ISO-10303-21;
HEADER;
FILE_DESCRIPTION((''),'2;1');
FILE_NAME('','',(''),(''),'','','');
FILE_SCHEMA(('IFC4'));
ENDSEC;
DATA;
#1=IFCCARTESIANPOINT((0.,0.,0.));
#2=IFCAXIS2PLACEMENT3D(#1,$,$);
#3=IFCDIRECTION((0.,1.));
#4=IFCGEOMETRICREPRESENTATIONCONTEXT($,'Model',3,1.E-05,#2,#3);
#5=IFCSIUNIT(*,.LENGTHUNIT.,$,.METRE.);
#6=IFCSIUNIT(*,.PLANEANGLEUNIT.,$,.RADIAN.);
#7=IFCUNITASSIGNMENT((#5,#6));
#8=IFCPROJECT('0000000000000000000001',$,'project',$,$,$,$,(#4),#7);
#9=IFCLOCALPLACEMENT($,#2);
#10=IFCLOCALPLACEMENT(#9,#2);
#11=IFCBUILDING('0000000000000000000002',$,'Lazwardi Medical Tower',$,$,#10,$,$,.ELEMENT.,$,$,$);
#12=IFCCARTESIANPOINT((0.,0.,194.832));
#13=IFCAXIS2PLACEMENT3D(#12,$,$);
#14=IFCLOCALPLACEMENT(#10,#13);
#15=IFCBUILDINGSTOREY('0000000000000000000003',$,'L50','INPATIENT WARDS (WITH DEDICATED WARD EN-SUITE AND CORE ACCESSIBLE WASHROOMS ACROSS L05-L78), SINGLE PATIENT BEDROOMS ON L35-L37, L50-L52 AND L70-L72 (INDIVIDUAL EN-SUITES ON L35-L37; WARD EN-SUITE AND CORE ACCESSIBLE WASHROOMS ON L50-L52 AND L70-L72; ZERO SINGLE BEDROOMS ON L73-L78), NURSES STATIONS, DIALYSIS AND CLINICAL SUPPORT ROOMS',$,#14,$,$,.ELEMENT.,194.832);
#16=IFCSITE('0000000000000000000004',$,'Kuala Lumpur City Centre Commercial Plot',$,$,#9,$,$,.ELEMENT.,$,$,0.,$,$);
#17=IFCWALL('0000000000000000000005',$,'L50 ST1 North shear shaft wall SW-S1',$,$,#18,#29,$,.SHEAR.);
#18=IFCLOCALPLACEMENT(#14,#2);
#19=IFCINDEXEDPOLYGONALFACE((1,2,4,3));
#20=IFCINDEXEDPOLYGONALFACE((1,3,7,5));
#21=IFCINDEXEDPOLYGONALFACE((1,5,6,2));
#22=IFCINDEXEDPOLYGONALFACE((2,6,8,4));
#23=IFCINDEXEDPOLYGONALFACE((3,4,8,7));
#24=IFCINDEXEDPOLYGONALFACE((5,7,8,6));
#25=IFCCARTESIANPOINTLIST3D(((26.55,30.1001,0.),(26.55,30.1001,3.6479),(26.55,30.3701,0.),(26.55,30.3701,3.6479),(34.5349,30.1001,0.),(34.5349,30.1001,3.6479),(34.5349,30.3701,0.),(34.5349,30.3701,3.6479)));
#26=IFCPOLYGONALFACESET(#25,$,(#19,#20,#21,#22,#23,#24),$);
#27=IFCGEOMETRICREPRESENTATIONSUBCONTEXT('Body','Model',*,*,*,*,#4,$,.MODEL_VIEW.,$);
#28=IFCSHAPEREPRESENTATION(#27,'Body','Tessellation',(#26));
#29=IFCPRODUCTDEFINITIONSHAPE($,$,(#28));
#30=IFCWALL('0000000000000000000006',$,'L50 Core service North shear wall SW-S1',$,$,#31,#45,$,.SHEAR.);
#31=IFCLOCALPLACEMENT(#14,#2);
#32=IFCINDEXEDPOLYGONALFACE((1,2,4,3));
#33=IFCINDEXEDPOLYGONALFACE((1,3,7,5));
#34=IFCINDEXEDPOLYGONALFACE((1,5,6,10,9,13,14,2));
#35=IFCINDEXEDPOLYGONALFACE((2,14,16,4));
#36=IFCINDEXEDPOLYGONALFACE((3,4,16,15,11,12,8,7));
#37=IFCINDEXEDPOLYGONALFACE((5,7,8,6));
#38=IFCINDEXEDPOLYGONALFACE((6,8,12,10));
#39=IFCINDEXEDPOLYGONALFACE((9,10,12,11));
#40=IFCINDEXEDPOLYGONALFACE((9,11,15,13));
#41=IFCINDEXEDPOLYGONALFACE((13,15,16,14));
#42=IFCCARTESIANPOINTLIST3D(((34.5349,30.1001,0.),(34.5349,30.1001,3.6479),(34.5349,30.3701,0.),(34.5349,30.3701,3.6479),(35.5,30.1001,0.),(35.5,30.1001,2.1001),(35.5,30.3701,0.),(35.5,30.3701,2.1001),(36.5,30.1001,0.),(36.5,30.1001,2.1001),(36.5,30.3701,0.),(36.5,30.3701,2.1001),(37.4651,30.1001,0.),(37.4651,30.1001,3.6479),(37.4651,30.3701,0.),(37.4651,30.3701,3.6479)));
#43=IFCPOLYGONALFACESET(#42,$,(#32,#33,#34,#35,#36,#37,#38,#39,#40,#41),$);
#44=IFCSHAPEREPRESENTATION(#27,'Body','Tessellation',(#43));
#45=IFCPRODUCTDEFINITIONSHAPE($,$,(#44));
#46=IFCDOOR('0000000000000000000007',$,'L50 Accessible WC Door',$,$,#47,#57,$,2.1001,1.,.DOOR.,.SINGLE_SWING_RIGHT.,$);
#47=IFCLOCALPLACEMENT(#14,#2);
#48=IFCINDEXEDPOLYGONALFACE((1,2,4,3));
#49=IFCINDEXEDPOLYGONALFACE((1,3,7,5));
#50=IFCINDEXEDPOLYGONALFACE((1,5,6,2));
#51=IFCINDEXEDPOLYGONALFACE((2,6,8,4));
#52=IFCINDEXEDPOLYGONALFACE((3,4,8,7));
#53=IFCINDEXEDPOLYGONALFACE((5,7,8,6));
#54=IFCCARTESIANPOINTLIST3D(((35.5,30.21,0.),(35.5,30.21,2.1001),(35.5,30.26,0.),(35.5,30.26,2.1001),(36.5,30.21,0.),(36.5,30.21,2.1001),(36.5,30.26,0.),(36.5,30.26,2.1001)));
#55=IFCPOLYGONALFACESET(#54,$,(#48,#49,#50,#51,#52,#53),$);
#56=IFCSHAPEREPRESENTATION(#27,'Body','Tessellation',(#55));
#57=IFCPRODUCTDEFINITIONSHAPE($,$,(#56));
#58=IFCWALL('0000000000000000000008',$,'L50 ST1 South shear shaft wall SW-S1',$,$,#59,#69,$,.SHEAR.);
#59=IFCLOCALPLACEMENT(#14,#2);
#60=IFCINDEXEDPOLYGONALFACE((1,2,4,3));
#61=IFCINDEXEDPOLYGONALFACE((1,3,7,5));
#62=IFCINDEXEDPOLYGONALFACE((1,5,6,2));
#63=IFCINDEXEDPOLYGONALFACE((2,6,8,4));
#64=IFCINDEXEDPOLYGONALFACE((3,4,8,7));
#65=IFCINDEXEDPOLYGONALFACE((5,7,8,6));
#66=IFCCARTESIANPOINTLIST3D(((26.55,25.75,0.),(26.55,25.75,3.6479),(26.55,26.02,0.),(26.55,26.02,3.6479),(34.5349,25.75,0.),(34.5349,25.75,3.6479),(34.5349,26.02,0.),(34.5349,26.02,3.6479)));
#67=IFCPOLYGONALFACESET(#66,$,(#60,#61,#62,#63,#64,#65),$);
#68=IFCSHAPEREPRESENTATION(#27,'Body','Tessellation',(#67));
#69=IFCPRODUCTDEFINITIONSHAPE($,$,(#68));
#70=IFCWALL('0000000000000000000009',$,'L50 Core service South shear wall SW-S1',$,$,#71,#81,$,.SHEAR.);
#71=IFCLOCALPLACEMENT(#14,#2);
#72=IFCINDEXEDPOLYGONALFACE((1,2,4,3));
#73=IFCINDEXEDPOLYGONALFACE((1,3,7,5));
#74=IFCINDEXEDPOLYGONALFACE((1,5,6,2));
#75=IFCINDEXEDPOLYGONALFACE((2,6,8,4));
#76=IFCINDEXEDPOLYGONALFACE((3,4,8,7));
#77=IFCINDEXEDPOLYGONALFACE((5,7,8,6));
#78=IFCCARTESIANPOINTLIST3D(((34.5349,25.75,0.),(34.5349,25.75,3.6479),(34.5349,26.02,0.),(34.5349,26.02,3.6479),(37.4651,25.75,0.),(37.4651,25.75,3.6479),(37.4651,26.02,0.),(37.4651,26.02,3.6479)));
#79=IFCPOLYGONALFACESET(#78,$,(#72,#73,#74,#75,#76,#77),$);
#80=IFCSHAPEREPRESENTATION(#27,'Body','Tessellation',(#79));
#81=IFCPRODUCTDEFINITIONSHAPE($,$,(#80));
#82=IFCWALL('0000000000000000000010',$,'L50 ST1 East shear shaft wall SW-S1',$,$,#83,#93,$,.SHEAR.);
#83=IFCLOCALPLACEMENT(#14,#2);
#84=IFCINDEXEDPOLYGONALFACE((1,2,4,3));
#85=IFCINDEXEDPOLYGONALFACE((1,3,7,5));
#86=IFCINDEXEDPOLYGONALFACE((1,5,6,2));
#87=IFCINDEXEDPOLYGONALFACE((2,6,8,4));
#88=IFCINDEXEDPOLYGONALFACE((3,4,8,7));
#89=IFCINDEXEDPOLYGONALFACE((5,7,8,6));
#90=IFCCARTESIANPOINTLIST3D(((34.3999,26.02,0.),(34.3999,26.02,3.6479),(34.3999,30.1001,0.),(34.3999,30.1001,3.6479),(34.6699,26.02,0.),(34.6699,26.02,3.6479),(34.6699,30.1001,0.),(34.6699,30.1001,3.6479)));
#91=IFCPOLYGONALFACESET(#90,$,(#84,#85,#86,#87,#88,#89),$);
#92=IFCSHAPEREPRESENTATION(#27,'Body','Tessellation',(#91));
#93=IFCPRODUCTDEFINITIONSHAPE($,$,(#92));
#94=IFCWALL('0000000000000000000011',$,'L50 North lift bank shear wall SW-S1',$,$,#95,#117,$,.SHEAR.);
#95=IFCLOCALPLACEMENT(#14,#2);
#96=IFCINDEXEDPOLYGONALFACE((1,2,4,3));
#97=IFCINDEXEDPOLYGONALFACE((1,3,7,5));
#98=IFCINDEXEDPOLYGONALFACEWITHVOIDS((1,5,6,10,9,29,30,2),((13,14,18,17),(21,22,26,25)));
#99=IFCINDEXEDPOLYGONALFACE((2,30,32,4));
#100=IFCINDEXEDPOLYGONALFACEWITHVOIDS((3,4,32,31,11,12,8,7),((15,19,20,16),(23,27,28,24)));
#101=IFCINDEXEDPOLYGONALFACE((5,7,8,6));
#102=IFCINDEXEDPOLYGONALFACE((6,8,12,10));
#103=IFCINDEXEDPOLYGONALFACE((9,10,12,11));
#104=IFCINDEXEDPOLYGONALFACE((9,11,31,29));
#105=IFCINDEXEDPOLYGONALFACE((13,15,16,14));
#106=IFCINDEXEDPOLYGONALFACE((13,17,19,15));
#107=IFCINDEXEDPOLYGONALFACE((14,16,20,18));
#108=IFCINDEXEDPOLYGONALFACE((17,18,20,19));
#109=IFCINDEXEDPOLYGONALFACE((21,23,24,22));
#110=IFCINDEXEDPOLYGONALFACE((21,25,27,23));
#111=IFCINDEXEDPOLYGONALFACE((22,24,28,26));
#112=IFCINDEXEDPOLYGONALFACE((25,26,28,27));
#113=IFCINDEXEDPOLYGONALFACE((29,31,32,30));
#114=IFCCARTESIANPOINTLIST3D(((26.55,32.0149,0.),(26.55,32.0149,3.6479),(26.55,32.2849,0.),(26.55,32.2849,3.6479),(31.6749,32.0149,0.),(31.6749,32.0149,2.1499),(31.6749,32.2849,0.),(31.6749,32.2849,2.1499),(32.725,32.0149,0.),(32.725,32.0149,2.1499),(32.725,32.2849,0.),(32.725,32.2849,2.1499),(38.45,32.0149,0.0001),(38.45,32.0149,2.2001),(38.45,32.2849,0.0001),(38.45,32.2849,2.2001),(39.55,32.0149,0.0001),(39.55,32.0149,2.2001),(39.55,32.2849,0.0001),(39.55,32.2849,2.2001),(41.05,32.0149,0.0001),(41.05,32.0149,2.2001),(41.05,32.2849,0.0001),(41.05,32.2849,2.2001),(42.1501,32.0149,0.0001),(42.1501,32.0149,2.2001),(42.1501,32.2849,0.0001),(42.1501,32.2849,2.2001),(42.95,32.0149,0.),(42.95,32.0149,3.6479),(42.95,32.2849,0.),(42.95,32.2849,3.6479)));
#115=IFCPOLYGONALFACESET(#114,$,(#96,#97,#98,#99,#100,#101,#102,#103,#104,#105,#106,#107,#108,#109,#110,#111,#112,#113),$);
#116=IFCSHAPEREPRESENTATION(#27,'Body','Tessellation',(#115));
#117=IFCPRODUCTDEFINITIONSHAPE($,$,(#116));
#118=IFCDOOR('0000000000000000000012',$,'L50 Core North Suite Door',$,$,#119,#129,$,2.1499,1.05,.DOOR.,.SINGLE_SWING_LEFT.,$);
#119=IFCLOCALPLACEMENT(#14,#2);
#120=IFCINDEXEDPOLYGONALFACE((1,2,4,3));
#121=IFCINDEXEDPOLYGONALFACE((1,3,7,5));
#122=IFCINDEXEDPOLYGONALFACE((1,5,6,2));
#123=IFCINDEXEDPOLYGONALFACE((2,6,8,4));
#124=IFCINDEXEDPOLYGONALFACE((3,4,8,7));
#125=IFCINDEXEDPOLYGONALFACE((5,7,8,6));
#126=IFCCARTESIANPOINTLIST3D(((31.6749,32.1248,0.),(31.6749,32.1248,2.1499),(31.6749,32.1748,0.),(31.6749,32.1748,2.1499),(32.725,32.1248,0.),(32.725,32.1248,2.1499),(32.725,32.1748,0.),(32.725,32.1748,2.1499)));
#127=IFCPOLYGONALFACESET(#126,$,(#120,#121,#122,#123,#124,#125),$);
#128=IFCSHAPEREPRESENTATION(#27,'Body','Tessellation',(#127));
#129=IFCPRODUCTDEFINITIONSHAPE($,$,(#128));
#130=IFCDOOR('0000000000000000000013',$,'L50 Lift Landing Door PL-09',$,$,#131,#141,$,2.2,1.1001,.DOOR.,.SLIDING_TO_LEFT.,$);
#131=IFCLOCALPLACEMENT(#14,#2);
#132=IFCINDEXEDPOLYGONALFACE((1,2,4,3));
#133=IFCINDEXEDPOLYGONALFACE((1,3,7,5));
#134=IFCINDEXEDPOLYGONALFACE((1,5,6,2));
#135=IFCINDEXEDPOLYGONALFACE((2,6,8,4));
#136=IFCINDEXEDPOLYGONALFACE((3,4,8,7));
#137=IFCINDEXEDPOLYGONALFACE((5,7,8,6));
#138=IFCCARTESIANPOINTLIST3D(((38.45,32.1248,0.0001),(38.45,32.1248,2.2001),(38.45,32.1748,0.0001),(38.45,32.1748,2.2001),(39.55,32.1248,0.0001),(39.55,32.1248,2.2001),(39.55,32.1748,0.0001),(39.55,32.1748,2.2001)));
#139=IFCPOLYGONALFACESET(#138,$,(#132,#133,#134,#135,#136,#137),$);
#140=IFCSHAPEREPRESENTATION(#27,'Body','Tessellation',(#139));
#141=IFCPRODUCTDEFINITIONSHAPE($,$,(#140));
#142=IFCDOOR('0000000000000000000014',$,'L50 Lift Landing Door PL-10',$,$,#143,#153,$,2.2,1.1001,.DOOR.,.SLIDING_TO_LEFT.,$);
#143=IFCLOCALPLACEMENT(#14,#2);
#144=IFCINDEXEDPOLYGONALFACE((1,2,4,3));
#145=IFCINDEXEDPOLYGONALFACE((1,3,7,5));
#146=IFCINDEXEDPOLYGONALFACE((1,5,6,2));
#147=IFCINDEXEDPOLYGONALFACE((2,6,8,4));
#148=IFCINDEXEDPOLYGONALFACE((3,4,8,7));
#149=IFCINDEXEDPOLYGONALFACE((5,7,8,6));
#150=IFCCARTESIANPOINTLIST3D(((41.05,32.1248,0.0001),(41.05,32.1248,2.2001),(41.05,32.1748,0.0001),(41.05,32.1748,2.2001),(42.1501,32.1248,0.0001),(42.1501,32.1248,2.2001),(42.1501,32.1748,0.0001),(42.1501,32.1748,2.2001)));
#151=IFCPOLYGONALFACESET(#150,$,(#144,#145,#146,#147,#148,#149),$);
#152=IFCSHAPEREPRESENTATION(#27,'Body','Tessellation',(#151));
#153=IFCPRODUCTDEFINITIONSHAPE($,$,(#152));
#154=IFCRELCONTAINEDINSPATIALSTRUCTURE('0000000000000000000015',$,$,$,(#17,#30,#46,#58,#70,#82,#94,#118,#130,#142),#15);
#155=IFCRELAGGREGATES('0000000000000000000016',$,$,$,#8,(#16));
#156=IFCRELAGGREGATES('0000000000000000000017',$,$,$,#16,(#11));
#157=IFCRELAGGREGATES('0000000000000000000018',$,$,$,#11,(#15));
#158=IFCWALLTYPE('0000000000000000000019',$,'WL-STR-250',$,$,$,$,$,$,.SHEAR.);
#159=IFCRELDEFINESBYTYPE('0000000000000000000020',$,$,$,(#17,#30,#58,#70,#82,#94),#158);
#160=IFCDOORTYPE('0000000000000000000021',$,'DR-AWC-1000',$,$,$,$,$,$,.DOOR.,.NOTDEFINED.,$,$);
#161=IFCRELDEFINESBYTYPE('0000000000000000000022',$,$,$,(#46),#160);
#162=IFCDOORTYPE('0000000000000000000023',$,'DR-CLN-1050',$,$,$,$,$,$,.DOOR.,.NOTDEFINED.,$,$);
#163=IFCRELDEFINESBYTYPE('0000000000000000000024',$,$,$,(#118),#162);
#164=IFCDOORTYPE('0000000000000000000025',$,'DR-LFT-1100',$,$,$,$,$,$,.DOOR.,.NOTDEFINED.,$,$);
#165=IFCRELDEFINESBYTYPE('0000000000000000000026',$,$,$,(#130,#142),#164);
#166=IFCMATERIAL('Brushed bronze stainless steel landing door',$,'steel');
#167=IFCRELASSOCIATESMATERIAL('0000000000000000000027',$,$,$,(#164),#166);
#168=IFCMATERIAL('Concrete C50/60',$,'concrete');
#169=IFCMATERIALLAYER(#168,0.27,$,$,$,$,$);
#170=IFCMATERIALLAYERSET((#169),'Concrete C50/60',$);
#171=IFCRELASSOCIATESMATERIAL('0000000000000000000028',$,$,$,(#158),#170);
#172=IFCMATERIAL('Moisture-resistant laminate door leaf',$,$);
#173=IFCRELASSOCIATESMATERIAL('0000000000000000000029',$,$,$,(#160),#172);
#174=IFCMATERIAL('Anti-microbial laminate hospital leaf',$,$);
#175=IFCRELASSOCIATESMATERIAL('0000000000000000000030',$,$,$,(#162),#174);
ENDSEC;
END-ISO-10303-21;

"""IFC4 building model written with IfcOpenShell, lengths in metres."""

from ifc_helpers import new_model, si_unit, direction, frame, frame_2d, origin, place, context, subcontext, project, spatial, rectangle, extrude, material, layer, layer_set, type_object, element, fill, save


model = new_model("IFC4")

# Units and contexts
model_context = context("Model", 3, precision=1e-05, world=origin(), true_north=direction((0.0, 1.0)))
body_context = subcontext(model_context, "Body", "Model", "MODEL_VIEW")
ifc_project = project(units=[si_unit("LENGTHUNIT", "METRE"), si_unit("PLANEANGLEUNIT", "RADIAN")], contexts=[model_context])

# Site, building, storey
site_placement = place(None, origin())
site = spatial("IfcSite", under=ifc_project, at=site_placement, Name="Kuala Lumpur City Centre Commercial Plot", CompositionType="ELEMENT", RefElevation=0.0)
building_placement = place(site_placement, origin())
building = spatial("IfcBuilding", under=site, at=building_placement, Name="Lazwardi Medical Tower", CompositionType="ELEMENT")
storey_placement = place(building_placement, frame((0.0, 0.0, 194.832)))
storey = spatial("IfcBuildingStorey", under=building, at=storey_placement, Name="L50", Description="INPATIENT WARDS (WITH DEDICATED WARD EN-SUITE AND CORE ACCESSIBLE WASHROOMS ACROSS L05-L78), SINGLE PATIENT BEDROOMS ON L35-L37, L50-L52 AND L70-L72 (INDIVIDUAL EN-SUITES ON L35-L37; WARD EN-SUITE AND CORE ACCESSIBLE WASHROOMS ON L50-L52 AND L70-L72; ZERO SINGLE BEDROOMS ON L73-L78), NURSES STATIONS, DIALYSIS AND CLINICAL SUPPORT ROOMS", CompositionType="ELEMENT", Elevation=194.832)

# Shared definitions
ifc_material_1 = material(Name="Anti-microbial laminate hospital leaf")
ifc_material_2 = material(Name="Brushed bronze stainless steel landing door", Category="steel")
door_type_1 = type_object("IfcDoorType", Name="DR-LFT-1100", OperationType="NOTDEFINED", PredefinedType="DOOR", material=ifc_material_2)

# Wall
ifc_material_3 = material(Name="Concrete C50/60", Category="concrete")
ifc_layer_1 = layer(ifc_material_3, 0.27)
ifc_layer_set_1 = layer_set([ifc_layer_1], Name="Concrete C50/60")
wall_type_1 = type_object("IfcWallType", Name="WL-STR-250", PredefinedType="SHEAR", material=ifc_layer_set_1)
wall_1_placement = place(storey_placement, frame((26.55, 30.2351, 0.0), z_axis=(0.0, 0.0, 1.0), x_axis=(1.0, 0.0, 0.0)))
element("IfcWall", 1, at=wall_1_placement, inside=storey, type_object=wall_type_1, Name="L50 ST1 North shear shaft wall SW-S1", PredefinedType="SHEAR", context=body_context, shape_type="SweptSolid", body=[
    extrude(rectangle(XDim=7.9849, YDim=0.27, at=frame_2d((3.9924, 0.0))), origin(), (0.0, 0.0, 1.0), 3.6479),
])

# Wall, opening, door
wall_2_placement = place(storey_placement, frame((34.5349, 30.2351, 0.0), z_axis=(0.0, 0.0, 1.0), x_axis=(1.0, 0.0, 0.0)))
wall_2 = element("IfcWall", 2, at=wall_2_placement, inside=storey, type_object=wall_type_1, Name="L50 Core service North shear wall SW-S1", PredefinedType="SHEAR", context=body_context, shape_type="SweptSolid", body=[
    extrude(rectangle(XDim=2.9302, YDim=0.27, at=frame_2d((1.4651, 0.0))), origin(), (0.0, 0.0, 1.0), 3.6479),
])
opening_1_placement = place(wall_2_placement, frame((0.9651, 0.0, 0.0)))
opening_1 = element("IfcOpeningElement", 3, at=opening_1_placement, cuts=wall_2, PredefinedType="OPENING", context=body_context, shape_type="SweptSolid", body=[
    extrude(rectangle(XDim=1.0, YDim=2.1001, at=frame_2d((0.5, 1.05))), frame((0.0, 0.145, 0.0), z_axis=(0.0, -1.0, 0.0), x_axis=(1.0, 0.0, 0.0)), (0.0, 0.0, 1.0), 0.29),
])
ifc_material_4 = material(Name="Moisture-resistant laminate door leaf")
door_type_2 = type_object("IfcDoorType", Name="DR-AWC-1000", OperationType="NOTDEFINED", PredefinedType="DOOR", material=ifc_material_4)
door_1_placement = place(opening_1_placement, origin())
door_1 = element("IfcDoor", 4, at=door_1_placement, inside=storey, type_object=door_type_2, Name="L50 Accessible WC Door", OperationType="SINGLE_SWING_RIGHT", OverallHeight=2.1001, OverallWidth=1.0, PredefinedType="DOOR", context=body_context, shape_type="SweptSolid", body=[
    extrude(rectangle(XDim=1.0, YDim=2.1001, at=frame_2d((0.5, 1.05))), frame((0.0, 0.0249, 0.0), z_axis=(0.0, -1.0, 0.0), x_axis=(1.0, 0.0, 0.0)), (0.0, 0.0, 1.0), 0.05),
])
fill(opening_1, door_1)

# Walls
wall_3_placement = place(storey_placement, frame((26.55, 25.885, 0.0), z_axis=(0.0, 0.0, 1.0), x_axis=(1.0, 0.0, 0.0)))
element("IfcWall", 5, at=wall_3_placement, inside=storey, type_object=wall_type_1, Name="L50 ST1 South shear shaft wall SW-S1", PredefinedType="SHEAR", context=body_context, shape_type="SweptSolid", body=[
    extrude(rectangle(XDim=7.9849, YDim=0.27, at=frame_2d((3.9924, 0.0))), origin(), (0.0, 0.0, 1.0), 3.6479),
])
wall_4_placement = place(storey_placement, frame((34.5349, 25.885, 0.0), z_axis=(0.0, 0.0, 1.0), x_axis=(1.0, 0.0, 0.0)))
element("IfcWall", 6, at=wall_4_placement, inside=storey, type_object=wall_type_1, Name="L50 Core service South shear wall SW-S1", PredefinedType="SHEAR", context=body_context, shape_type="SweptSolid", body=[
    extrude(rectangle(XDim=2.9302, YDim=0.27, at=frame_2d((1.4651, 0.0))), origin(), (0.0, 0.0, 1.0), 3.6479),
])
wall_5_placement = place(storey_placement, frame((34.5349, 26.02, 0.0), z_axis=(0.0, 0.0, 1.0), x_axis=(0.0, 1.0, 0.0)))
element("IfcWall", 7, at=wall_5_placement, inside=storey, type_object=wall_type_1, Name="L50 ST1 East shear shaft wall SW-S1", PredefinedType="SHEAR", context=body_context, shape_type="SweptSolid", body=[
    extrude(rectangle(XDim=4.0801, YDim=0.27, at=frame_2d((2.04, 0.0))), origin(), (0.0, 0.0, 1.0), 3.6479),
])

# Wall, openings, doors
wall_6_placement = place(storey_placement, frame((26.55, 32.1499, 0.0), z_axis=(0.0, 0.0, 1.0), x_axis=(1.0, 0.0, 0.0)))
wall_6 = element("IfcWall", 8, at=wall_6_placement, inside=storey, type_object=wall_type_1, Name="L50 North lift bank shear wall SW-S1", PredefinedType="SHEAR", context=body_context, shape_type="SweptSolid", body=[
    extrude(rectangle(XDim=16.3999, YDim=0.27, at=frame_2d((8.2, 0.0))), origin(), (0.0, 0.0, 1.0), 3.6479),
])
opening_2_placement = place(wall_6_placement, frame((5.125, 0.0, 0.0)))
opening_2 = element("IfcOpeningElement", 9, at=opening_2_placement, cuts=wall_6, PredefinedType="OPENING", context=body_context, shape_type="SweptSolid", body=[
    extrude(rectangle(XDim=1.05, YDim=2.1499, at=frame_2d((0.5249, 1.075))), frame((0.0, 0.145, 0.0), z_axis=(0.0, -1.0, 0.0), x_axis=(1.0, 0.0, 0.0)), (0.0, 0.0, 1.0), 0.29),
])
opening_3_placement = place(wall_6_placement, frame((11.8999, 0.0, 0.0)))
opening_3 = element("IfcOpeningElement", 10, at=opening_3_placement, cuts=wall_6, PredefinedType="OPENING", context=body_context, shape_type="SweptSolid", body=[
    extrude(rectangle(XDim=1.1001, YDim=2.2, at=frame_2d((0.55, 1.1001))), frame((0.0, 0.145, 0.0), z_axis=(0.0, -1.0, 0.0), x_axis=(1.0, 0.0, 0.0)), (0.0, 0.0, 1.0), 0.29),
])
opening_4_placement = place(wall_6_placement, frame((14.5, 0.0, 0.0)))
opening_4 = element("IfcOpeningElement", 11, at=opening_4_placement, cuts=wall_6, PredefinedType="OPENING", context=body_context, shape_type="SweptSolid", body=[
    extrude(rectangle(XDim=1.1001, YDim=2.2, at=frame_2d((0.55, 1.1001))), frame((0.0, 0.145, 0.0), z_axis=(0.0, -1.0, 0.0), x_axis=(1.0, 0.0, 0.0)), (0.0, 0.0, 1.0), 0.29),
])
door_type_3 = type_object("IfcDoorType", Name="DR-CLN-1050", OperationType="NOTDEFINED", PredefinedType="DOOR", material=ifc_material_1)
door_2_placement = place(opening_2_placement, origin())
door_2 = element("IfcDoor", 12, at=door_2_placement, inside=storey, type_object=door_type_3, Name="L50 Core North Suite Door", OperationType="SINGLE_SWING_LEFT", OverallHeight=2.1499, OverallWidth=1.05, PredefinedType="DOOR", context=body_context, shape_type="SweptSolid", body=[
    extrude(rectangle(XDim=1.05, YDim=2.1499, at=frame_2d((0.5249, 1.075))), frame((0.0, 0.0249, 0.0), z_axis=(0.0, -1.0, 0.0), x_axis=(1.0, 0.0, 0.0)), (0.0, 0.0, 1.0), 0.05),
])
fill(opening_2, door_2)
door_3_placement = place(opening_3_placement, origin())
door_3 = element("IfcDoor", 13, at=door_3_placement, inside=storey, type_object=door_type_1, Name="L50 Lift Landing Door PL-09", OperationType="SLIDING_TO_LEFT", OverallHeight=2.2, OverallWidth=1.1001, PredefinedType="DOOR", context=body_context, shape_type="SweptSolid", body=[
    extrude(rectangle(XDim=1.1001, YDim=2.2, at=frame_2d((0.55, 1.1001))), frame((0.0, 0.0249, 0.0), z_axis=(0.0, -1.0, 0.0), x_axis=(1.0, 0.0, 0.0)), (0.0, 0.0, 1.0), 0.05),
])
fill(opening_3, door_3)
door_4_placement = place(opening_4_placement, origin())
door_4 = element("IfcDoor", 14, at=door_4_placement, inside=storey, type_object=door_type_1, Name="L50 Lift Landing Door PL-10", OperationType="SLIDING_TO_LEFT", OverallHeight=2.2, OverallWidth=1.1001, PredefinedType="DOOR", context=body_context, shape_type="SweptSolid", body=[
    extrude(rectangle(XDim=1.1001, YDim=2.2, at=frame_2d((0.55, 1.1001))), frame((0.0, 0.0249, 0.0), z_axis=(0.0, -1.0, 0.0), x_axis=(1.0, 0.0, 0.0)), (0.0, 0.0, 1.0), 0.05),
])
fill(opening_4, door_4)

save(model, "model.ifc")
